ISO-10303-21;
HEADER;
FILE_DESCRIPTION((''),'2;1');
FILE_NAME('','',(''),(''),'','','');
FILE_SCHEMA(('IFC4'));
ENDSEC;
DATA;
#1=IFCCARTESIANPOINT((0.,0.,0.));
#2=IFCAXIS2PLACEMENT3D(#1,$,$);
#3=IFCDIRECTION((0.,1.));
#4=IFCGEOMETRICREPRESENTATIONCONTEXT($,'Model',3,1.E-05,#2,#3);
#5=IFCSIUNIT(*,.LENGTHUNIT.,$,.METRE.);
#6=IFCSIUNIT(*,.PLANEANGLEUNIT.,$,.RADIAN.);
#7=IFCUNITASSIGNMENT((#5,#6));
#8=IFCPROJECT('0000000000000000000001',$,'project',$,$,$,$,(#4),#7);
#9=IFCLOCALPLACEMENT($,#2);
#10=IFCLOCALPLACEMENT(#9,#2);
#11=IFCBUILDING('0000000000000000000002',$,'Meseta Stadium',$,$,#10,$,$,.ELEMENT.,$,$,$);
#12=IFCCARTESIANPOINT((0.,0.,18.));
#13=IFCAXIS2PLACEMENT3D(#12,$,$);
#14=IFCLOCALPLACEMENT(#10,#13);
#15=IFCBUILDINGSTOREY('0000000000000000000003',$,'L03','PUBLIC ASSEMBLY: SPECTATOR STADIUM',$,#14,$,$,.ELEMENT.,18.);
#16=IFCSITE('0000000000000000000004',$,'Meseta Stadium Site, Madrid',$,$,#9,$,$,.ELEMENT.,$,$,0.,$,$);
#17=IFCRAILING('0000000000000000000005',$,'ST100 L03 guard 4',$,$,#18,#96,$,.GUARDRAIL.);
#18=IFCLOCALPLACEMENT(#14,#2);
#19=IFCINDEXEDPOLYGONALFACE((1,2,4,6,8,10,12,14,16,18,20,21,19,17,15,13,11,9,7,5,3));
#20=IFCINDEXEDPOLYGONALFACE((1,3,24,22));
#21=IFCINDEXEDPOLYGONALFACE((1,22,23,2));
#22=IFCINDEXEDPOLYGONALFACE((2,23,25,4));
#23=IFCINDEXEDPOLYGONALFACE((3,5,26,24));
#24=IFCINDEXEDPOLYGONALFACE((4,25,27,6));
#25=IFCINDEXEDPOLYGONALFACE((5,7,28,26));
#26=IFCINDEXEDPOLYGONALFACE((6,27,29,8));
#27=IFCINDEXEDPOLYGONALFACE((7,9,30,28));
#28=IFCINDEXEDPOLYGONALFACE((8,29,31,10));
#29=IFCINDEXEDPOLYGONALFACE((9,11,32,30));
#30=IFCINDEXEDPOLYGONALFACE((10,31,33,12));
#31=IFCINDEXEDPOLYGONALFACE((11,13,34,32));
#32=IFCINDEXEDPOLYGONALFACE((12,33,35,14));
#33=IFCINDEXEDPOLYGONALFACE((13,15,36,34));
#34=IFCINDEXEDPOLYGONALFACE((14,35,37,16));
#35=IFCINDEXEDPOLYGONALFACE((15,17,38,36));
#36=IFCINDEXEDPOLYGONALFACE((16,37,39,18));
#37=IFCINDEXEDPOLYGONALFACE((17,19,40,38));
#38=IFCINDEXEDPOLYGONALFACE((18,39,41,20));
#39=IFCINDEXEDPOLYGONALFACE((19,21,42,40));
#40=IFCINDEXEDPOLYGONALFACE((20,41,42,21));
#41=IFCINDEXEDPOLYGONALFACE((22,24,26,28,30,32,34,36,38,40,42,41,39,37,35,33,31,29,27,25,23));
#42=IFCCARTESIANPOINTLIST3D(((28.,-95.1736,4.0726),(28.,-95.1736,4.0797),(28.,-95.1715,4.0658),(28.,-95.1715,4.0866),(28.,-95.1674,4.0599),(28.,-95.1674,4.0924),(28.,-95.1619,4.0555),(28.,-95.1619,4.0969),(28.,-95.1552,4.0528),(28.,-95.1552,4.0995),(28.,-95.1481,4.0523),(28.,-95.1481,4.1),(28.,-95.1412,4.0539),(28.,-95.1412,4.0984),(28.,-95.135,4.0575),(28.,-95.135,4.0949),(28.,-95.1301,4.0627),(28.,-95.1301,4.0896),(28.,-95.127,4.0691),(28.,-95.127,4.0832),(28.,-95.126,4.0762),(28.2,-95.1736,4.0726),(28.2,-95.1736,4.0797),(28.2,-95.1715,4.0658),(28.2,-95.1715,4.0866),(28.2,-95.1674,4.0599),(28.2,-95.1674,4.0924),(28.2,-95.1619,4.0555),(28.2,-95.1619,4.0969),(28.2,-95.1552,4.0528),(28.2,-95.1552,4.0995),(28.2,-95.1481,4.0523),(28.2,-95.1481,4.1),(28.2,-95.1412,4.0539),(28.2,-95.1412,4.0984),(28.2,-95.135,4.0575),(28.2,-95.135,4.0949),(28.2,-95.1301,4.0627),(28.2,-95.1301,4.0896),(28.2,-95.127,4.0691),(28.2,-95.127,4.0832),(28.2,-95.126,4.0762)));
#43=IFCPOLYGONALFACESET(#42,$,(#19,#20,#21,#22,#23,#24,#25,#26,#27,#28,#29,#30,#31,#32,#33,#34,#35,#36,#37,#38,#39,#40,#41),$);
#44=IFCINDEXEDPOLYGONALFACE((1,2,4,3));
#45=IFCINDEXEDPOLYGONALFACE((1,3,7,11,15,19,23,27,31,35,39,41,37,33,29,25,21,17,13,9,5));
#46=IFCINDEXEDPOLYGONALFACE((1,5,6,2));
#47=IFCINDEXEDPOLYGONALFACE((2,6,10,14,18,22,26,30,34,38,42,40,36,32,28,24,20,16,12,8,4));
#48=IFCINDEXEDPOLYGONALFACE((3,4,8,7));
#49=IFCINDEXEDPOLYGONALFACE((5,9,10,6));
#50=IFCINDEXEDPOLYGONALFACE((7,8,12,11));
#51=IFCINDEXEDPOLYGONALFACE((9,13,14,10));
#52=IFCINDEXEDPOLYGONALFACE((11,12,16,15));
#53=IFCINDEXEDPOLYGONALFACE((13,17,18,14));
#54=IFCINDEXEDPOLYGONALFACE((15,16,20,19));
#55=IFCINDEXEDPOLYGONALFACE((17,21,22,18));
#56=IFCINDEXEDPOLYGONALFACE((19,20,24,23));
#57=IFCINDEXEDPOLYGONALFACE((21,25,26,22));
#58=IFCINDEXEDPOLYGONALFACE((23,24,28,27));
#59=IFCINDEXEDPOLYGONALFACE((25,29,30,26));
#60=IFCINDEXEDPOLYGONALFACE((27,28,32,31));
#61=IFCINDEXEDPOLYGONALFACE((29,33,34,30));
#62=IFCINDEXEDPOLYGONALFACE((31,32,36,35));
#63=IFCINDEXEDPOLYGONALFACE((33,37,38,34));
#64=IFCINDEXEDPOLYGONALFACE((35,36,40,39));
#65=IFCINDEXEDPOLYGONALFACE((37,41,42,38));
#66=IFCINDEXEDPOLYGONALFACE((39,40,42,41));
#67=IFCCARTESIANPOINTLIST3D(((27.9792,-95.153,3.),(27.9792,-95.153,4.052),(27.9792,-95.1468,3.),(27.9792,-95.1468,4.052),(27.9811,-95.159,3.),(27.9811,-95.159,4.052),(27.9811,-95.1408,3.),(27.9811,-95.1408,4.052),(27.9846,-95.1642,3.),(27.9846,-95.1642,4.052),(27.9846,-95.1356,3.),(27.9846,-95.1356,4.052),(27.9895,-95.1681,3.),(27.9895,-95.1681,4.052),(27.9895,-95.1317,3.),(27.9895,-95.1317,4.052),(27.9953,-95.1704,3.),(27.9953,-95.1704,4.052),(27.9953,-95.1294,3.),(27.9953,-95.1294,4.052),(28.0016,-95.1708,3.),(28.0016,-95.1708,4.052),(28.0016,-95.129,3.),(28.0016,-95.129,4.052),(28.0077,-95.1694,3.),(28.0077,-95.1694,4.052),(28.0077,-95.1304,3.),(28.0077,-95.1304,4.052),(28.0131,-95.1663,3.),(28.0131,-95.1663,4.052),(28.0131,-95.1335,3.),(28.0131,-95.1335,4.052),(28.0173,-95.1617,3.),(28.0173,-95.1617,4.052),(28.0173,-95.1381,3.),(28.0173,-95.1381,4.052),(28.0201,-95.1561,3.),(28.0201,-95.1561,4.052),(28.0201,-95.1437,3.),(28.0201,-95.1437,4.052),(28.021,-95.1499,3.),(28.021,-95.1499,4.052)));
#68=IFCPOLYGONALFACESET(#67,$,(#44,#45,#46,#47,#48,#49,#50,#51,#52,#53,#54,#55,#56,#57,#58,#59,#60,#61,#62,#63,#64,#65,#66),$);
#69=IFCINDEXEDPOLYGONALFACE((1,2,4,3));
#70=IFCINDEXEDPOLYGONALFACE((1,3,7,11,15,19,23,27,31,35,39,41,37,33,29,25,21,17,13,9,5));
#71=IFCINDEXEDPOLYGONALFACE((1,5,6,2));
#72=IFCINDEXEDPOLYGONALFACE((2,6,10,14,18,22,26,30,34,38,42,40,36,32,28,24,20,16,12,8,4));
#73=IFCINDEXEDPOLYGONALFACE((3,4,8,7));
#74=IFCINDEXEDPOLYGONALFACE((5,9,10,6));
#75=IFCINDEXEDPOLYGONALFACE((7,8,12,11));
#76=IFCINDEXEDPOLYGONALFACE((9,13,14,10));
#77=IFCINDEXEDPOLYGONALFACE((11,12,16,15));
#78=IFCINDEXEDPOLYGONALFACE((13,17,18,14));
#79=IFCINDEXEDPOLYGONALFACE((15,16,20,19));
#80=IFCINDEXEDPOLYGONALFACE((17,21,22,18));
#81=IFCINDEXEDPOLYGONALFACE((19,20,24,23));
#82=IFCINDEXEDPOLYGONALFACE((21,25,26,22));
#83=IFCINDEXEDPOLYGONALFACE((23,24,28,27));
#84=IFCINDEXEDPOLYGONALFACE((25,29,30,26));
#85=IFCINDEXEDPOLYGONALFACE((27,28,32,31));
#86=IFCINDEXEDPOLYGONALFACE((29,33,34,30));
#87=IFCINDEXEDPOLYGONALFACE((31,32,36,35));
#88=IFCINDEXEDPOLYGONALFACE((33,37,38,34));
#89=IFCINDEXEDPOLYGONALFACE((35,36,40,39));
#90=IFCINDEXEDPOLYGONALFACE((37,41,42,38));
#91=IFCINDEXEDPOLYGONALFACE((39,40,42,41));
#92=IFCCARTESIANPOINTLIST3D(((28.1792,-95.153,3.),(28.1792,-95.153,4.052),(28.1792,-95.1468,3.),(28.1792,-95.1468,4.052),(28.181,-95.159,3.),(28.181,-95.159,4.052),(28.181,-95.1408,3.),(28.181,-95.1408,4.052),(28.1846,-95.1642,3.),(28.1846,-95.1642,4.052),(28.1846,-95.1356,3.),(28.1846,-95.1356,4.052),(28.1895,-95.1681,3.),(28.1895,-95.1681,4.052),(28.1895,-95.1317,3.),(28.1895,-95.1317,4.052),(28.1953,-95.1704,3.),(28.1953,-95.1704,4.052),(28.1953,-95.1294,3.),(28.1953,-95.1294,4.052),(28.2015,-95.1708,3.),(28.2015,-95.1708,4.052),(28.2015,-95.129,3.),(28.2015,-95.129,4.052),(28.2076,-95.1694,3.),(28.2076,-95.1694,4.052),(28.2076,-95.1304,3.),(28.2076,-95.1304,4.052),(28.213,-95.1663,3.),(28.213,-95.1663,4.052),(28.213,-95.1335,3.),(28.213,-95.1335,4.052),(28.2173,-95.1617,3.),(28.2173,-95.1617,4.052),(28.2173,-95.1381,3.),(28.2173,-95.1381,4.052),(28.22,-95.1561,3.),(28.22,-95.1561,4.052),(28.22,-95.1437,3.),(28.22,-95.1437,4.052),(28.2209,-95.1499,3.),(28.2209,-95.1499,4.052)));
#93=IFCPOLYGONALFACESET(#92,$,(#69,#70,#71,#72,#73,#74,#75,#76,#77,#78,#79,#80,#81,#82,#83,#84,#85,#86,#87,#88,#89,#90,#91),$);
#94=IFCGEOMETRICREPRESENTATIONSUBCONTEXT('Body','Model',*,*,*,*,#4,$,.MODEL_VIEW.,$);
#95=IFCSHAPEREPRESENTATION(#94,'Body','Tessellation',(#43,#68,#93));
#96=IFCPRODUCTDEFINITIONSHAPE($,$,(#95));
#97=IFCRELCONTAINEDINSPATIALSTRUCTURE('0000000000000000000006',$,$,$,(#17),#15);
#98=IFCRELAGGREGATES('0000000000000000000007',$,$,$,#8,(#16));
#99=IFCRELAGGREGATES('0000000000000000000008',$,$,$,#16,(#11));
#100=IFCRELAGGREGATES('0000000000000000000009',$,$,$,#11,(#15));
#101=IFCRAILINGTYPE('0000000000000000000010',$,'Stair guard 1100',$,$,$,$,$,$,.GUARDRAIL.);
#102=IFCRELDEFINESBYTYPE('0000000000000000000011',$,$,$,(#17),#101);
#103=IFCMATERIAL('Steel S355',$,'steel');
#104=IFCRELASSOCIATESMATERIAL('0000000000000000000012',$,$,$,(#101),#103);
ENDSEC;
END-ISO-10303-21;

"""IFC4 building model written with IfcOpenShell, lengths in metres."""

from ifc_helpers import new_model, si_unit, direction, frame, origin, origin_2d, place, context, subcontext, project, spatial, circle, extrude, material, type_object, element, save


model = new_model("IFC4")

# Units and contexts
model_context = context("Model", 3, precision=1e-05, world=origin(), true_north=direction((0.0, 1.0)))
body_context = subcontext(model_context, "Body", "Model", "MODEL_VIEW")
ifc_project = project(units=[si_unit("LENGTHUNIT", "METRE"), si_unit("PLANEANGLEUNIT", "RADIAN")], contexts=[model_context])

# Site, building, storey
site_placement = place(None, origin())
site = spatial("IfcSite", under=ifc_project, at=site_placement, Name="Meseta Stadium Site, Madrid", CompositionType="ELEMENT", RefElevation=0.0)
building_placement = place(site_placement, origin())
building = spatial("IfcBuilding", under=site, at=building_placement, Name="Meseta Stadium", CompositionType="ELEMENT")
storey_placement = place(building_placement, frame((0.0, 0.0, 18.0)))
storey = spatial("IfcBuildingStorey", under=building, at=storey_placement, Name="L03", Description="PUBLIC ASSEMBLY: SPECTATOR STADIUM", CompositionType="ELEMENT", Elevation=18.0)

# Railing
ifc_material_1 = material(Name="Steel S355", Category="steel")
railing_type_1 = type_object("IfcRailingType", Name="Stair guard 1100", PredefinedType="GUARDRAIL", material=ifc_material_1)
railing_1_placement = place(storey_placement, frame((28.0, -95.1499, 3.0)))
element("IfcRailing", 1, at=railing_1_placement, inside=storey, type_object=railing_type_1, Name="ST100 L03 guard 4", PredefinedType="GUARDRAIL", context=body_context, shape_type="SweptSolid", body=[
    extrude(circle(Radius=0.0239, at=origin_2d()), frame((0.0, 0.0, 1.0762), z_axis=(1.0, 0.0, 0.0), x_axis=(0.0, 1.0, 0.0)), (0.0, 0.0, 1.0), 0.2),
    extrude(circle(Radius=0.021, at=origin_2d()), origin(), (0.0, 0.0, 1.0), 1.052),
    extrude(circle(Radius=0.021, at=origin_2d()), frame((0.2, 0.0, 0.0)), (0.0, 0.0, 1.0), 1.052),
])

save(model, "model.ifc")
